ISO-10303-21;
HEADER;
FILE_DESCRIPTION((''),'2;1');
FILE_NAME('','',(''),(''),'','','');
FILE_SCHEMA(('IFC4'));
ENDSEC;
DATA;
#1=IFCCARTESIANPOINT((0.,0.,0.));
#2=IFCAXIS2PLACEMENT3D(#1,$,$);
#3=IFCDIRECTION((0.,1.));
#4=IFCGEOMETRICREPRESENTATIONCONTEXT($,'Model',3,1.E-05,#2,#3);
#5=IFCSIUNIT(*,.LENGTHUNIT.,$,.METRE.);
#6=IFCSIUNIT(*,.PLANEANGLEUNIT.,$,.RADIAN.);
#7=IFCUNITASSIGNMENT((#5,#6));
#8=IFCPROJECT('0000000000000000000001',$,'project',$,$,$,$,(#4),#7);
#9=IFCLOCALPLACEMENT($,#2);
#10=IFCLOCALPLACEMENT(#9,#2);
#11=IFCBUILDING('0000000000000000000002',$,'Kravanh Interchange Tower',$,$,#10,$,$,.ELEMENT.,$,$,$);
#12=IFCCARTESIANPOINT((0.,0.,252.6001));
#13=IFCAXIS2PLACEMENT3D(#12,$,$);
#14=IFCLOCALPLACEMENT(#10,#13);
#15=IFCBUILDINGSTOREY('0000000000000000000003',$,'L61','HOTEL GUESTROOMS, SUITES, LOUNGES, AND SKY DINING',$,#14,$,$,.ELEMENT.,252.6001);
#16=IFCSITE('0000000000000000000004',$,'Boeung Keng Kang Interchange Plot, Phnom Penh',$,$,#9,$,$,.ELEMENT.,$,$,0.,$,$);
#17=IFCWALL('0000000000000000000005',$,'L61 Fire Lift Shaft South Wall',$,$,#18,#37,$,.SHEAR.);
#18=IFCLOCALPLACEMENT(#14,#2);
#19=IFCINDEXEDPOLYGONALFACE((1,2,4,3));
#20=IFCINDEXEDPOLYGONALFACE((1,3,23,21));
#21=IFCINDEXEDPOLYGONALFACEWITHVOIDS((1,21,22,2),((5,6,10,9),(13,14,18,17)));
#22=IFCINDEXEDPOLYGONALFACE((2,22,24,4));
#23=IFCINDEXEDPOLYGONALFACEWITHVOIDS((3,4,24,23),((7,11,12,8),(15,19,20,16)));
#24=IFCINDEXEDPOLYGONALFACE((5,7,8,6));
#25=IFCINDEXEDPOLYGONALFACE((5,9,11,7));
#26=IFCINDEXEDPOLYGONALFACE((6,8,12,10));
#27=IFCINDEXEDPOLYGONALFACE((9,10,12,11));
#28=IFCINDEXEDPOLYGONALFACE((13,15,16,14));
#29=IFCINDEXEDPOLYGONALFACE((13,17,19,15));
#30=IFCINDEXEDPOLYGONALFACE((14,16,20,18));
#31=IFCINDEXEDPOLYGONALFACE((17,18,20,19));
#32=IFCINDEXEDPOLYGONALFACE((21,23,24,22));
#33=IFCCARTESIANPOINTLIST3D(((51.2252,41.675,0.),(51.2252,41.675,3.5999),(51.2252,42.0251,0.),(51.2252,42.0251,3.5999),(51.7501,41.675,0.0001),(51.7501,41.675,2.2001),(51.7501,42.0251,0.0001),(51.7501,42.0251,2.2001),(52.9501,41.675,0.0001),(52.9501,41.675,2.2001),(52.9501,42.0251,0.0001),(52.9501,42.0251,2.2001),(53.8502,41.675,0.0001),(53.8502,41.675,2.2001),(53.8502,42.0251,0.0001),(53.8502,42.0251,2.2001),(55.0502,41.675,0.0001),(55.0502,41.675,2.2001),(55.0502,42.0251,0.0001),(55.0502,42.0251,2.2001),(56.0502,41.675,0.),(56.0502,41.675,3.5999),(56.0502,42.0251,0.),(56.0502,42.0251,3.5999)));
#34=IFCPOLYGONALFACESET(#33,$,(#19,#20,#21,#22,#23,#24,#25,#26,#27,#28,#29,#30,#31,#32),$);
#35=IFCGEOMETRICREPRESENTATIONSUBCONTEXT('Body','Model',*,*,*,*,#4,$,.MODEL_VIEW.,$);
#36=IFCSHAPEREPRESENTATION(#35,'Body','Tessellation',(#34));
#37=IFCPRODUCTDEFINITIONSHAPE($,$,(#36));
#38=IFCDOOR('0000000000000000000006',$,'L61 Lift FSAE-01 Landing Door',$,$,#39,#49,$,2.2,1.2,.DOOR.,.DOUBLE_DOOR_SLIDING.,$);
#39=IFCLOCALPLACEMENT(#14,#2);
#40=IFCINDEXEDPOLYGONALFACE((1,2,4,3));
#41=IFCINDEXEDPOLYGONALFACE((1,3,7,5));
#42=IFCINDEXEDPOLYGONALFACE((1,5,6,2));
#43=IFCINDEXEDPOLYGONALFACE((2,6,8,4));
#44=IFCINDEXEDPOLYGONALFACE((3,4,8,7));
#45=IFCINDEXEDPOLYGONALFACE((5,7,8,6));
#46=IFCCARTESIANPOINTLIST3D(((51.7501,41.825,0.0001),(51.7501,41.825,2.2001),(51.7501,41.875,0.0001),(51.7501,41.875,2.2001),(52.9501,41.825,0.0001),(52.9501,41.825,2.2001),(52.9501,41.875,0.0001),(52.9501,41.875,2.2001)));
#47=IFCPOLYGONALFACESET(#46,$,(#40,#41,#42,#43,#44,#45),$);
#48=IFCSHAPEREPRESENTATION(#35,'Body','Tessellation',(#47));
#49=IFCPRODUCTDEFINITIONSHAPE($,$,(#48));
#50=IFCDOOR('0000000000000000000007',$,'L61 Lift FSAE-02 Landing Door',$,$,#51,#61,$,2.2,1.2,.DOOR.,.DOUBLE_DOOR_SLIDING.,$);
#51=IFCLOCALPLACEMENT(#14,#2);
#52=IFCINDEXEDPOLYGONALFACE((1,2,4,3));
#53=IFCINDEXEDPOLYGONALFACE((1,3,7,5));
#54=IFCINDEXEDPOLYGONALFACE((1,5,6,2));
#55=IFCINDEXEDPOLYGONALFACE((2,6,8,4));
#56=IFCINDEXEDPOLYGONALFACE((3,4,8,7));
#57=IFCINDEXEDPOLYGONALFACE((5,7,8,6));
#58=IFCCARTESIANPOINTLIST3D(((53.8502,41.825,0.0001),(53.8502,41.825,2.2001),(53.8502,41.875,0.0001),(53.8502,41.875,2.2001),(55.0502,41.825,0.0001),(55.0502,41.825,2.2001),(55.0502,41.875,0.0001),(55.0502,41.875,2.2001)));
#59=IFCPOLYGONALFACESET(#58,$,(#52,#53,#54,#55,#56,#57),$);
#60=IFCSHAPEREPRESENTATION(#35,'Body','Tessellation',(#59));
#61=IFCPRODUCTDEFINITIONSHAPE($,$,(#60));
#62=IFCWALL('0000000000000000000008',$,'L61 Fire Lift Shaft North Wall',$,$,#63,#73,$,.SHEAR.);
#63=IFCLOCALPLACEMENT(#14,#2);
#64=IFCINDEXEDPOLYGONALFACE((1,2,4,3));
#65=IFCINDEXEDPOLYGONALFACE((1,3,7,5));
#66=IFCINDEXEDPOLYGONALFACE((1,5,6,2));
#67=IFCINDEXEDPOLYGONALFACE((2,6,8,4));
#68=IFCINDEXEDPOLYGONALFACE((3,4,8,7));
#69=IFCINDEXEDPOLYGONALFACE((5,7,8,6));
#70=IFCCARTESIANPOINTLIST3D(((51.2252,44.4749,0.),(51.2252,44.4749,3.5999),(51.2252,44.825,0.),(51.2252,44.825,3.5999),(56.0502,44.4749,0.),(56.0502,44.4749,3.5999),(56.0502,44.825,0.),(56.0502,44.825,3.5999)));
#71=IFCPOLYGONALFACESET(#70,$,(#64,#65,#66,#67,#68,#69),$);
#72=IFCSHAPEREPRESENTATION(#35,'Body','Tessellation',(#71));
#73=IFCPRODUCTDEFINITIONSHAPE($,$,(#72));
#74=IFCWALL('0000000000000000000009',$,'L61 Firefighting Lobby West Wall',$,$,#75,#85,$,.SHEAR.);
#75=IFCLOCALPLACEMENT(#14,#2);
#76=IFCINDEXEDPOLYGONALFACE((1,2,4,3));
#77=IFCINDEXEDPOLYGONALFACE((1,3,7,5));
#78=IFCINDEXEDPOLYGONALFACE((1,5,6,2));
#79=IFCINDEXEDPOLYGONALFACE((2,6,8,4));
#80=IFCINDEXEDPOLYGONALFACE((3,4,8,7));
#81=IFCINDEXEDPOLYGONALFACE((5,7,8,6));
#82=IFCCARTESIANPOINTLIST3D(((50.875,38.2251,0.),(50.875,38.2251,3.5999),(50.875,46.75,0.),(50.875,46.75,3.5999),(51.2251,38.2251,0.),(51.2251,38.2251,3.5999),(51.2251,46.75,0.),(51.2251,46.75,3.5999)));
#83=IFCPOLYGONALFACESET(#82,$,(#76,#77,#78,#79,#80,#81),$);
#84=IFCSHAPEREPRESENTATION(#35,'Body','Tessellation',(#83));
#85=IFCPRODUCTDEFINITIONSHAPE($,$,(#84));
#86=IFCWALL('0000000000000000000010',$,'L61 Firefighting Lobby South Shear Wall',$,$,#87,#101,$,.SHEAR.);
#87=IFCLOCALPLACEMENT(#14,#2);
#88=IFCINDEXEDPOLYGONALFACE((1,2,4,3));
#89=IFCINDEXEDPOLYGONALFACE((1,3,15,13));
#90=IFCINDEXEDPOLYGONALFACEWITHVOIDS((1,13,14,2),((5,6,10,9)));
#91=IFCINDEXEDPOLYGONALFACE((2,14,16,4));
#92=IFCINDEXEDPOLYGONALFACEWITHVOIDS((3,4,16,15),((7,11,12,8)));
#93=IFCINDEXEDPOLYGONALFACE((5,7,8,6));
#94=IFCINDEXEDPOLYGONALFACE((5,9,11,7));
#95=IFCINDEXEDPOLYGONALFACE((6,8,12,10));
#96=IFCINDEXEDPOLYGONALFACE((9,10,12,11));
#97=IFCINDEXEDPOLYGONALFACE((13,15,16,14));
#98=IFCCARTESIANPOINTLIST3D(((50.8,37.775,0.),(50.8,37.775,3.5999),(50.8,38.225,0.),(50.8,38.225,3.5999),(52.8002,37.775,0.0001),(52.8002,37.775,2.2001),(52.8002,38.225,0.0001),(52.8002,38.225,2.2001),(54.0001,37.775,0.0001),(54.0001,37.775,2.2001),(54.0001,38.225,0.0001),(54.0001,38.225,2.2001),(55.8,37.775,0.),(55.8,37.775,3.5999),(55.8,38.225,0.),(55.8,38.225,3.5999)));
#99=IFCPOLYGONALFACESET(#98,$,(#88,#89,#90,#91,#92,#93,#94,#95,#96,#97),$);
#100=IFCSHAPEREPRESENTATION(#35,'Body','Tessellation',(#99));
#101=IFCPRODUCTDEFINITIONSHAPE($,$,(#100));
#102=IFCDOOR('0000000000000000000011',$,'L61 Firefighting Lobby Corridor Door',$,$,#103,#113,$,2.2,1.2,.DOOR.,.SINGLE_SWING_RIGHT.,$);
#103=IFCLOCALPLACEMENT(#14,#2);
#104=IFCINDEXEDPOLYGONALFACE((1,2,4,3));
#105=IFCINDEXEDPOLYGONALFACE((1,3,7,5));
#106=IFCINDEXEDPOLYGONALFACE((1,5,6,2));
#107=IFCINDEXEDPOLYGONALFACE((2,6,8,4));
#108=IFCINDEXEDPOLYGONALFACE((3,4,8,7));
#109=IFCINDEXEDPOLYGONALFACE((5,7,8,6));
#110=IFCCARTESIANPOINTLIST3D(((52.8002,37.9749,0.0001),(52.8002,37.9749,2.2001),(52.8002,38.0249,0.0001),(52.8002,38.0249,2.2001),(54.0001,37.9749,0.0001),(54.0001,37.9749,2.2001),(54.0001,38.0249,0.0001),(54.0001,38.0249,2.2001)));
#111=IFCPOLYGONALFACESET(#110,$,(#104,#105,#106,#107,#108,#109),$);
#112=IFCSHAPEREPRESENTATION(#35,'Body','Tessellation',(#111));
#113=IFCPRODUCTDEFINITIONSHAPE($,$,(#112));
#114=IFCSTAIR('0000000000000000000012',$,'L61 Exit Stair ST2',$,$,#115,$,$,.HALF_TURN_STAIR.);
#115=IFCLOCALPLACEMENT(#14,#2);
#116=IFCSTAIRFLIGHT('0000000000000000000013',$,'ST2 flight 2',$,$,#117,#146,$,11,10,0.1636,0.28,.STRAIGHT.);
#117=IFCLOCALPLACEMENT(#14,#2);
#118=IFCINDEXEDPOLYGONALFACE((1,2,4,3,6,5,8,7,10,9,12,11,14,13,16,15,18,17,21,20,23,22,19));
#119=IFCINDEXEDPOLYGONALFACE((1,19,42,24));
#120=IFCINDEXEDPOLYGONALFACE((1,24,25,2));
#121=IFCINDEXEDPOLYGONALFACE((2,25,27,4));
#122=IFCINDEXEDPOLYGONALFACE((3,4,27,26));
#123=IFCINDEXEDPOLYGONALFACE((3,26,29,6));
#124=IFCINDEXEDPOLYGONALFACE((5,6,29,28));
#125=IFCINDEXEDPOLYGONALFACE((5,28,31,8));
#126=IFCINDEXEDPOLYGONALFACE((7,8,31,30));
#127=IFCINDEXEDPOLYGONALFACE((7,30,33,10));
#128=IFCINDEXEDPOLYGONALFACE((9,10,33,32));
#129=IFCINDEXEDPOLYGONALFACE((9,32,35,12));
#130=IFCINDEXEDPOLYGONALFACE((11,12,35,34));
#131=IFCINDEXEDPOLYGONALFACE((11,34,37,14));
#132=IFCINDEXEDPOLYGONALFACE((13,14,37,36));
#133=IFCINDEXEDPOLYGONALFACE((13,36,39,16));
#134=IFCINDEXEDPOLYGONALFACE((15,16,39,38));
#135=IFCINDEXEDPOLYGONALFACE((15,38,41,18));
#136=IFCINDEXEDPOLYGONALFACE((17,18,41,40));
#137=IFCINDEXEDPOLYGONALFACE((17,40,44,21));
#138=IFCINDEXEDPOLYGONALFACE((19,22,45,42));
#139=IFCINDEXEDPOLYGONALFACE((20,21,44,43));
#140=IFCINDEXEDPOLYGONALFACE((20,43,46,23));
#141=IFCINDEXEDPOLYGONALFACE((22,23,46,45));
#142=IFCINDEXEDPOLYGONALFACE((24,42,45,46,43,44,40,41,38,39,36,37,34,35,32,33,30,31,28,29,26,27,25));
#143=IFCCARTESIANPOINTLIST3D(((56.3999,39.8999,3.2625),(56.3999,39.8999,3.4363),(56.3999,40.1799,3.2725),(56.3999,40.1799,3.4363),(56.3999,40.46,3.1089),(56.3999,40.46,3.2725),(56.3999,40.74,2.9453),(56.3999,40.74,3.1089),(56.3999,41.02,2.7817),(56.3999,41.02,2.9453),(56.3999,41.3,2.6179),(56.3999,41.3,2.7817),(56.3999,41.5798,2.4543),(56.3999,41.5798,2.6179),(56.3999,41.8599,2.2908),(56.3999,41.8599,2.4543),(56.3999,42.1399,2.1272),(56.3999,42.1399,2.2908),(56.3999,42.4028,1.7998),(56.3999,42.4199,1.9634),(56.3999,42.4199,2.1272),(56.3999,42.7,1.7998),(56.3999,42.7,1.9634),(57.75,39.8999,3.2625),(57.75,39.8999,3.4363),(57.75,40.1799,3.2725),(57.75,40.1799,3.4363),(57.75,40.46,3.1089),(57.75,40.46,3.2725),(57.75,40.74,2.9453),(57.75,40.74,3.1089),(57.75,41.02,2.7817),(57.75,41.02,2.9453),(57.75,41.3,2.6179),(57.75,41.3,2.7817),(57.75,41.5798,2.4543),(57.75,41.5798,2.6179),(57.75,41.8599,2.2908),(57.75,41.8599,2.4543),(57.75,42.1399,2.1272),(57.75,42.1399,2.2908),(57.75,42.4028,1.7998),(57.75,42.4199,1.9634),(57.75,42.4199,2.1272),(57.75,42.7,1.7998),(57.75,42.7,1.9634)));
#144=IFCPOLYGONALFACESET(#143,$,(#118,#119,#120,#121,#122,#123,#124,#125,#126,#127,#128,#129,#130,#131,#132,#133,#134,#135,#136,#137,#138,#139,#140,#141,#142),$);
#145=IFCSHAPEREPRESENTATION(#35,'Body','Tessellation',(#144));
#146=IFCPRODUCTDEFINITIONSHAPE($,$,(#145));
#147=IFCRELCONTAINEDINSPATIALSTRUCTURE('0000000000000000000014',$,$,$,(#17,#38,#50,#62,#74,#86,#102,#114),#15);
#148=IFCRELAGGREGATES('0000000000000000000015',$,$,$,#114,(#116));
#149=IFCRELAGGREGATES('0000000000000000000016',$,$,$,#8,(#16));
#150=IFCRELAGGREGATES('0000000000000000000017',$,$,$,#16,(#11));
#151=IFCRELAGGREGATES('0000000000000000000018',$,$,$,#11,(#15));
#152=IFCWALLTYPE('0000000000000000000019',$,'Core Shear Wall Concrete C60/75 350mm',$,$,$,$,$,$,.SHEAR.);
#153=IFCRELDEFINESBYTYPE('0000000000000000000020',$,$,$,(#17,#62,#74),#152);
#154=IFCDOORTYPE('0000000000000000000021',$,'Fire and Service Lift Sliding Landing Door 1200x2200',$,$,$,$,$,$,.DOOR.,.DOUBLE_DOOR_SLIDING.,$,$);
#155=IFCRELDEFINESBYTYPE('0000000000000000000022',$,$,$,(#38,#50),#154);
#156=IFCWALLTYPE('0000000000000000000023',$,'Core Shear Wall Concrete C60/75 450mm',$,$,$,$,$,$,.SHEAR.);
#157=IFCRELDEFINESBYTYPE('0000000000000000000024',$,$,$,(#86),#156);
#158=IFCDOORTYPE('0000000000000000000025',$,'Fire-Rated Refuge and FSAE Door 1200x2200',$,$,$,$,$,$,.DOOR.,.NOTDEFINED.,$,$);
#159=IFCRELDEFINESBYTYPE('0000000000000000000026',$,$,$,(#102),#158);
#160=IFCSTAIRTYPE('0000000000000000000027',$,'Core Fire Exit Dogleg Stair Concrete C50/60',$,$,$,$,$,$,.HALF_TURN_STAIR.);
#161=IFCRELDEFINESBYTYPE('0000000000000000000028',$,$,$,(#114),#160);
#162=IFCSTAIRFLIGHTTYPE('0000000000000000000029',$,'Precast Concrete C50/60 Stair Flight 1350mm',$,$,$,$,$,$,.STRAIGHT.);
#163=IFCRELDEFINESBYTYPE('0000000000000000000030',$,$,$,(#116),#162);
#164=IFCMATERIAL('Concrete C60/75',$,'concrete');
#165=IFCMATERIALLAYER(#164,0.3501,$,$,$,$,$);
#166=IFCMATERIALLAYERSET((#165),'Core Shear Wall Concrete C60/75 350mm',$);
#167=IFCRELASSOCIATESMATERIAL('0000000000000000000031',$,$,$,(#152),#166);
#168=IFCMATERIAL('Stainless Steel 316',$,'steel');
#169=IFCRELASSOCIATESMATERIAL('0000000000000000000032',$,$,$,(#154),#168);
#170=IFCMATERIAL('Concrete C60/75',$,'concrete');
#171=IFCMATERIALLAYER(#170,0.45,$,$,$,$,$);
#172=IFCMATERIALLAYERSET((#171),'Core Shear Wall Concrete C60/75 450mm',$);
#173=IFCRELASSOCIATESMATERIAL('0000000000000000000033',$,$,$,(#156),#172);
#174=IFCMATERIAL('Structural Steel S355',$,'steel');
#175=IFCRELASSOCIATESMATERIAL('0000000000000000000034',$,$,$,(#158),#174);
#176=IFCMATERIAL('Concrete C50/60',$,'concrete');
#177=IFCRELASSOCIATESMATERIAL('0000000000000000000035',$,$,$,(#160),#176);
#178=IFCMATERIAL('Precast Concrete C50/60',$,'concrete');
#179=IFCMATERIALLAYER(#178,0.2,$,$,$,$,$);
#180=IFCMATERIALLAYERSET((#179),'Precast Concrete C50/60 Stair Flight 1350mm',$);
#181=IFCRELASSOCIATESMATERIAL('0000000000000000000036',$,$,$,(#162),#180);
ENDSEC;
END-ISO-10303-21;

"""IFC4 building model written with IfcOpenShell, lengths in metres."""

from ifc_helpers import new_model, si_unit, direction, frame, frame_2d, origin, place, context, subcontext, project, spatial, polyline, rectangle, outline, extrude, material, layer, layer_set, type_object, element, fill, aggregate, save


model = new_model("IFC4")

# Units and contexts
model_context = context("Model", 3, precision=1e-05, world=origin(), true_north=direction((0.0, 1.0)))
body_context = subcontext(model_context, "Body", "Model", "MODEL_VIEW")
ifc_project = project(units=[si_unit("LENGTHUNIT", "METRE"), si_unit("PLANEANGLEUNIT", "RADIAN")], contexts=[model_context])

# Site, building, storey
site_placement = place(None, origin())
site = spatial("IfcSite", under=ifc_project, at=site_placement, Name="Boeung Keng Kang Interchange Plot, Phnom Penh", CompositionType="ELEMENT", RefElevation=0.0)
building_placement = place(site_placement, origin())
building = spatial("IfcBuilding", under=site, at=building_placement, Name="Kravanh Interchange Tower", CompositionType="ELEMENT")
storey_placement = place(building_placement, frame((0.0, 0.0, 252.6001)))
storey = spatial("IfcBuildingStorey", under=building, at=storey_placement, Name="L61", Description="HOTEL GUESTROOMS, SUITES, LOUNGES, AND SKY DINING", CompositionType="ELEMENT", Elevation=252.6001)

# Shared definitions
ifc_material_1 = material(Name="Concrete C60/75", Category="concrete")
ifc_layer_1 = layer(ifc_material_1, 0.3501)
ifc_layer_set_1 = layer_set([ifc_layer_1], Name="Core Shear Wall Concrete C60/75 350mm")
wall_type_1 = type_object("IfcWallType", Name="Core Shear Wall Concrete C60/75 350mm", PredefinedType="SHEAR", material=ifc_layer_set_1)

# Wall, openings, doors
wall_1_placement = place(storey_placement, frame((51.2251, 41.8501, 0.0), z_axis=(0.0, 0.0, 1.0), x_axis=(1.0, 0.0, 0.0)))
wall_1 = element("IfcWall", 1, at=wall_1_placement, inside=storey, type_object=wall_type_1, Name="L61 Fire Lift Shaft South Wall", PredefinedType="SHEAR", context=body_context, shape_type="SweptSolid", body=[
    extrude(rectangle(XDim=4.825, YDim=0.3501, at=frame_2d((2.4126, 0.0))), origin(), (0.0, 0.0, 1.0), 3.5999),
])
opening_1_placement = place(wall_1_placement, frame((0.5249, 0.0, 0.0)))
opening_1 = element("IfcOpeningElement", 2, at=opening_1_placement, cuts=wall_1, PredefinedType="OPENING", context=body_context, shape_type="SweptSolid", body=[
    extrude(rectangle(XDim=1.2, YDim=2.2, at=frame_2d((0.6001, 1.1001))), frame((0.0, 0.1851, 0.0), z_axis=(0.0, -1.0, 0.0), x_axis=(1.0, 0.0, 0.0)), (0.0, 0.0, 1.0), 0.3701),
])
opening_2_placement = place(wall_1_placement, frame((2.625, 0.0, 0.0)))
opening_2 = element("IfcOpeningElement", 3, at=opening_2_placement, cuts=wall_1, PredefinedType="OPENING", context=body_context, shape_type="SweptSolid", body=[
    extrude(rectangle(XDim=1.2, YDim=2.2, at=frame_2d((0.6001, 1.1001))), frame((0.0, 0.1851, 0.0), z_axis=(0.0, -1.0, 0.0), x_axis=(1.0, 0.0, 0.0)), (0.0, 0.0, 1.0), 0.3701),
])
ifc_material_2 = material(Name="Stainless Steel 316", Category="steel")
door_type_1 = type_object("IfcDoorType", Name="Fire and Service Lift Sliding Landing Door 1200x2200", OperationType="DOUBLE_DOOR_SLIDING", PredefinedType="DOOR", material=ifc_material_2)
door_1_placement = place(opening_1_placement, origin())
door_1 = element("IfcDoor", 4, at=door_1_placement, inside=storey, type_object=door_type_1, Name="L61 Lift FSAE-01 Landing Door", OperationType="DOUBLE_DOOR_SLIDING", OverallHeight=2.2, OverallWidth=1.2, PredefinedType="DOOR", context=body_context, shape_type="SweptSolid", body=[
    extrude(rectangle(XDim=1.2, YDim=2.2, at=frame_2d((0.6001, 1.1001))), frame((0.0, 0.0249, 0.0), z_axis=(0.0, -1.0, 0.0), x_axis=(1.0, 0.0, 0.0)), (0.0, 0.0, 1.0), 0.05),
])
fill(opening_1, door_1)
door_2_placement = place(opening_2_placement, origin())
door_2 = element("IfcDoor", 5, at=door_2_placement, inside=storey, type_object=door_type_1, Name="L61 Lift FSAE-02 Landing Door", OperationType="DOUBLE_DOOR_SLIDING", OverallHeight=2.2, OverallWidth=1.2, PredefinedType="DOOR", context=body_context, shape_type="SweptSolid", body=[
    extrude(rectangle(XDim=1.2, YDim=2.2, at=frame_2d((0.6001, 1.1001))), frame((0.0, 0.0249, 0.0), z_axis=(0.0, -1.0, 0.0), x_axis=(1.0, 0.0, 0.0)), (0.0, 0.0, 1.0), 0.05),
])
fill(opening_2, door_2)

# Walls
wall_2_placement = place(storey_placement, frame((51.2251, 44.6499, 0.0), z_axis=(0.0, 0.0, 1.0), x_axis=(1.0, 0.0, 0.0)))
element("IfcWall", 6, at=wall_2_placement, inside=storey, type_object=wall_type_1, Name="L61 Fire Lift Shaft North Wall", PredefinedType="SHEAR", context=body_context, shape_type="SweptSolid", body=[
    extrude(rectangle(XDim=4.825, YDim=0.3501, at=frame_2d((2.4126, 0.0))), origin(), (0.0, 0.0, 1.0), 3.5999),
])
wall_3_placement = place(storey_placement, frame((51.05, 38.2251, 0.0), z_axis=(0.0, 0.0, 1.0), x_axis=(0.0, 1.0, 0.0)))
element("IfcWall", 7, at=wall_3_placement, inside=storey, type_object=wall_type_1, Name="L61 Firefighting Lobby West Wall", PredefinedType="SHEAR", context=body_context, shape_type="SweptSolid", body=[
    extrude(rectangle(XDim=8.5249, YDim=0.3501, at=frame_2d((4.2625, 0.0))), origin(), (0.0, 0.0, 1.0), 3.5999),
])

# Shared definitions
ifc_material_3 = material(Name="Concrete C60/75", Category="concrete")
ifc_layer_2 = layer(ifc_material_3, 0.45)
ifc_layer_set_2 = layer_set([ifc_layer_2], Name="Core Shear Wall Concrete C60/75 450mm")
wall_type_2 = type_object("IfcWallType", Name="Core Shear Wall Concrete C60/75 450mm", PredefinedType="SHEAR", material=ifc_layer_set_2)

# Wall, opening, door
wall_4_placement = place(storey_placement, frame((50.8, 38.0, 0.0), z_axis=(0.0, 0.0, 1.0), x_axis=(1.0, 0.0, 0.0)))
wall_4 = element("IfcWall", 8, at=wall_4_placement, inside=storey, type_object=wall_type_2, Name="L61 Firefighting Lobby South Shear Wall", PredefinedType="SHEAR", context=body_context, shape_type="SweptSolid", body=[
    extrude(rectangle(XDim=5.0, YDim=0.45, at=frame_2d((2.5, 0.0))), origin(), (0.0, 0.0, 1.0), 3.5999),
])
opening_3_placement = place(wall_4_placement, frame((2.0, 0.0, 0.0)))
opening_3 = element("IfcOpeningElement", 9, at=opening_3_placement, cuts=wall_4, PredefinedType="OPENING", context=body_context, shape_type="SweptSolid", body=[
    extrude(rectangle(XDim=1.2, YDim=2.2, at=frame_2d((0.6001, 1.1001))), frame((0.0, 0.2349, 0.0), z_axis=(0.0, -1.0, 0.0), x_axis=(1.0, 0.0, 0.0)), (0.0, 0.0, 1.0), 0.47),
])
ifc_material_4 = material(Name="Structural Steel S355", Category="steel")
door_type_2 = type_object("IfcDoorType", Name="Fire-Rated Refuge and FSAE Door 1200x2200", OperationType="NOTDEFINED", PredefinedType="DOOR", material=ifc_material_4)
door_3_placement = place(opening_3_placement, origin())
door_3 = element("IfcDoor", 10, at=door_3_placement, inside=storey, type_object=door_type_2, Name="L61 Firefighting Lobby Corridor Door", OperationType="SINGLE_SWING_RIGHT", OverallHeight=2.2, OverallWidth=1.2, PredefinedType="DOOR", context=body_context, shape_type="SweptSolid", body=[
    extrude(rectangle(XDim=1.2, YDim=2.2, at=frame_2d((0.6001, 1.1001))), frame((0.0, 0.0249, 0.0), z_axis=(0.0, -1.0, 0.0), x_axis=(1.0, 0.0, 0.0)), (0.0, 0.0, 1.0), 0.05),
])
fill(opening_3, door_3)

# Stair, stair flight
ifc_material_5 = material(Name="Concrete C50/60", Category="concrete")
stair_type = type_object("IfcStairType", Name="Core Fire Exit Dogleg Stair Concrete C50/60", PredefinedType="HALF_TURN_STAIR", material=ifc_material_5)
stair_placement = place(storey_placement, origin())
stair = element("IfcStair", 11, at=stair_placement, inside=storey, type_object=stair_type, Name="L61 Exit Stair ST2", PredefinedType="HALF_TURN_STAIR")
ifc_material_6 = material(Name="Precast Concrete C50/60", Category="concrete")
ifc_layer_3 = layer(ifc_material_6, 0.2)
ifc_layer_set_3 = layer_set([ifc_layer_3], Name="Precast Concrete C50/60 Stair Flight 1350mm")
stair_flight_type = type_object("IfcStairFlightType", Name="Precast Concrete C50/60 Stair Flight 1350mm", PredefinedType="STRAIGHT", material=ifc_layer_set_3)
stair_flight_placement = place(storey_placement, frame((57.075, 42.7, 1.7998), z_axis=(0.0, 0.0, 1.0), x_axis=(0.0, -1.0, 0.0)))
stair_flight = element("IfcStairFlight", 12, at=stair_flight_placement, type_object=stair_flight_type, Name="ST2 flight 2", NumberOfRisers=11, NumberOfTreads=10, PredefinedType="STRAIGHT", RiserHeight=0.1636, TreadLength=0.28, context=body_context, shape_type="SweptSolid", body=[
    extrude(outline(polyline([(0.0, 0.0), (0.0, 0.1636), (0.28, 0.1636), (0.28, 0.3274), (0.5601, 0.3274), (0.5601, 0.491), (0.8401, 0.491), (0.8401, 0.6545), (1.1201, 0.6545), (1.1201, 0.8181), (1.3999, 0.8181), (1.3999, 0.9819), (1.6799, 0.9819), (1.6799, 1.1455), (1.96, 1.1455), (1.96, 1.3091), (2.24, 1.3091), (2.24, 1.4727), (2.52, 1.4727), (2.52, 1.6365), (2.8, 1.6365), (2.8, 1.8), (2.8, 1.4626), (0.2971, 0.0), (0.0, 0.0)])), frame((0.0, 0.675, 0.0), z_axis=(0.0, -1.0, 0.0), x_axis=(1.0, 0.0, 0.0)), (0.0, 0.0, 1.0), 1.3501),
])
aggregate(stair, [stair_flight])

save(model, "model.ifc")
